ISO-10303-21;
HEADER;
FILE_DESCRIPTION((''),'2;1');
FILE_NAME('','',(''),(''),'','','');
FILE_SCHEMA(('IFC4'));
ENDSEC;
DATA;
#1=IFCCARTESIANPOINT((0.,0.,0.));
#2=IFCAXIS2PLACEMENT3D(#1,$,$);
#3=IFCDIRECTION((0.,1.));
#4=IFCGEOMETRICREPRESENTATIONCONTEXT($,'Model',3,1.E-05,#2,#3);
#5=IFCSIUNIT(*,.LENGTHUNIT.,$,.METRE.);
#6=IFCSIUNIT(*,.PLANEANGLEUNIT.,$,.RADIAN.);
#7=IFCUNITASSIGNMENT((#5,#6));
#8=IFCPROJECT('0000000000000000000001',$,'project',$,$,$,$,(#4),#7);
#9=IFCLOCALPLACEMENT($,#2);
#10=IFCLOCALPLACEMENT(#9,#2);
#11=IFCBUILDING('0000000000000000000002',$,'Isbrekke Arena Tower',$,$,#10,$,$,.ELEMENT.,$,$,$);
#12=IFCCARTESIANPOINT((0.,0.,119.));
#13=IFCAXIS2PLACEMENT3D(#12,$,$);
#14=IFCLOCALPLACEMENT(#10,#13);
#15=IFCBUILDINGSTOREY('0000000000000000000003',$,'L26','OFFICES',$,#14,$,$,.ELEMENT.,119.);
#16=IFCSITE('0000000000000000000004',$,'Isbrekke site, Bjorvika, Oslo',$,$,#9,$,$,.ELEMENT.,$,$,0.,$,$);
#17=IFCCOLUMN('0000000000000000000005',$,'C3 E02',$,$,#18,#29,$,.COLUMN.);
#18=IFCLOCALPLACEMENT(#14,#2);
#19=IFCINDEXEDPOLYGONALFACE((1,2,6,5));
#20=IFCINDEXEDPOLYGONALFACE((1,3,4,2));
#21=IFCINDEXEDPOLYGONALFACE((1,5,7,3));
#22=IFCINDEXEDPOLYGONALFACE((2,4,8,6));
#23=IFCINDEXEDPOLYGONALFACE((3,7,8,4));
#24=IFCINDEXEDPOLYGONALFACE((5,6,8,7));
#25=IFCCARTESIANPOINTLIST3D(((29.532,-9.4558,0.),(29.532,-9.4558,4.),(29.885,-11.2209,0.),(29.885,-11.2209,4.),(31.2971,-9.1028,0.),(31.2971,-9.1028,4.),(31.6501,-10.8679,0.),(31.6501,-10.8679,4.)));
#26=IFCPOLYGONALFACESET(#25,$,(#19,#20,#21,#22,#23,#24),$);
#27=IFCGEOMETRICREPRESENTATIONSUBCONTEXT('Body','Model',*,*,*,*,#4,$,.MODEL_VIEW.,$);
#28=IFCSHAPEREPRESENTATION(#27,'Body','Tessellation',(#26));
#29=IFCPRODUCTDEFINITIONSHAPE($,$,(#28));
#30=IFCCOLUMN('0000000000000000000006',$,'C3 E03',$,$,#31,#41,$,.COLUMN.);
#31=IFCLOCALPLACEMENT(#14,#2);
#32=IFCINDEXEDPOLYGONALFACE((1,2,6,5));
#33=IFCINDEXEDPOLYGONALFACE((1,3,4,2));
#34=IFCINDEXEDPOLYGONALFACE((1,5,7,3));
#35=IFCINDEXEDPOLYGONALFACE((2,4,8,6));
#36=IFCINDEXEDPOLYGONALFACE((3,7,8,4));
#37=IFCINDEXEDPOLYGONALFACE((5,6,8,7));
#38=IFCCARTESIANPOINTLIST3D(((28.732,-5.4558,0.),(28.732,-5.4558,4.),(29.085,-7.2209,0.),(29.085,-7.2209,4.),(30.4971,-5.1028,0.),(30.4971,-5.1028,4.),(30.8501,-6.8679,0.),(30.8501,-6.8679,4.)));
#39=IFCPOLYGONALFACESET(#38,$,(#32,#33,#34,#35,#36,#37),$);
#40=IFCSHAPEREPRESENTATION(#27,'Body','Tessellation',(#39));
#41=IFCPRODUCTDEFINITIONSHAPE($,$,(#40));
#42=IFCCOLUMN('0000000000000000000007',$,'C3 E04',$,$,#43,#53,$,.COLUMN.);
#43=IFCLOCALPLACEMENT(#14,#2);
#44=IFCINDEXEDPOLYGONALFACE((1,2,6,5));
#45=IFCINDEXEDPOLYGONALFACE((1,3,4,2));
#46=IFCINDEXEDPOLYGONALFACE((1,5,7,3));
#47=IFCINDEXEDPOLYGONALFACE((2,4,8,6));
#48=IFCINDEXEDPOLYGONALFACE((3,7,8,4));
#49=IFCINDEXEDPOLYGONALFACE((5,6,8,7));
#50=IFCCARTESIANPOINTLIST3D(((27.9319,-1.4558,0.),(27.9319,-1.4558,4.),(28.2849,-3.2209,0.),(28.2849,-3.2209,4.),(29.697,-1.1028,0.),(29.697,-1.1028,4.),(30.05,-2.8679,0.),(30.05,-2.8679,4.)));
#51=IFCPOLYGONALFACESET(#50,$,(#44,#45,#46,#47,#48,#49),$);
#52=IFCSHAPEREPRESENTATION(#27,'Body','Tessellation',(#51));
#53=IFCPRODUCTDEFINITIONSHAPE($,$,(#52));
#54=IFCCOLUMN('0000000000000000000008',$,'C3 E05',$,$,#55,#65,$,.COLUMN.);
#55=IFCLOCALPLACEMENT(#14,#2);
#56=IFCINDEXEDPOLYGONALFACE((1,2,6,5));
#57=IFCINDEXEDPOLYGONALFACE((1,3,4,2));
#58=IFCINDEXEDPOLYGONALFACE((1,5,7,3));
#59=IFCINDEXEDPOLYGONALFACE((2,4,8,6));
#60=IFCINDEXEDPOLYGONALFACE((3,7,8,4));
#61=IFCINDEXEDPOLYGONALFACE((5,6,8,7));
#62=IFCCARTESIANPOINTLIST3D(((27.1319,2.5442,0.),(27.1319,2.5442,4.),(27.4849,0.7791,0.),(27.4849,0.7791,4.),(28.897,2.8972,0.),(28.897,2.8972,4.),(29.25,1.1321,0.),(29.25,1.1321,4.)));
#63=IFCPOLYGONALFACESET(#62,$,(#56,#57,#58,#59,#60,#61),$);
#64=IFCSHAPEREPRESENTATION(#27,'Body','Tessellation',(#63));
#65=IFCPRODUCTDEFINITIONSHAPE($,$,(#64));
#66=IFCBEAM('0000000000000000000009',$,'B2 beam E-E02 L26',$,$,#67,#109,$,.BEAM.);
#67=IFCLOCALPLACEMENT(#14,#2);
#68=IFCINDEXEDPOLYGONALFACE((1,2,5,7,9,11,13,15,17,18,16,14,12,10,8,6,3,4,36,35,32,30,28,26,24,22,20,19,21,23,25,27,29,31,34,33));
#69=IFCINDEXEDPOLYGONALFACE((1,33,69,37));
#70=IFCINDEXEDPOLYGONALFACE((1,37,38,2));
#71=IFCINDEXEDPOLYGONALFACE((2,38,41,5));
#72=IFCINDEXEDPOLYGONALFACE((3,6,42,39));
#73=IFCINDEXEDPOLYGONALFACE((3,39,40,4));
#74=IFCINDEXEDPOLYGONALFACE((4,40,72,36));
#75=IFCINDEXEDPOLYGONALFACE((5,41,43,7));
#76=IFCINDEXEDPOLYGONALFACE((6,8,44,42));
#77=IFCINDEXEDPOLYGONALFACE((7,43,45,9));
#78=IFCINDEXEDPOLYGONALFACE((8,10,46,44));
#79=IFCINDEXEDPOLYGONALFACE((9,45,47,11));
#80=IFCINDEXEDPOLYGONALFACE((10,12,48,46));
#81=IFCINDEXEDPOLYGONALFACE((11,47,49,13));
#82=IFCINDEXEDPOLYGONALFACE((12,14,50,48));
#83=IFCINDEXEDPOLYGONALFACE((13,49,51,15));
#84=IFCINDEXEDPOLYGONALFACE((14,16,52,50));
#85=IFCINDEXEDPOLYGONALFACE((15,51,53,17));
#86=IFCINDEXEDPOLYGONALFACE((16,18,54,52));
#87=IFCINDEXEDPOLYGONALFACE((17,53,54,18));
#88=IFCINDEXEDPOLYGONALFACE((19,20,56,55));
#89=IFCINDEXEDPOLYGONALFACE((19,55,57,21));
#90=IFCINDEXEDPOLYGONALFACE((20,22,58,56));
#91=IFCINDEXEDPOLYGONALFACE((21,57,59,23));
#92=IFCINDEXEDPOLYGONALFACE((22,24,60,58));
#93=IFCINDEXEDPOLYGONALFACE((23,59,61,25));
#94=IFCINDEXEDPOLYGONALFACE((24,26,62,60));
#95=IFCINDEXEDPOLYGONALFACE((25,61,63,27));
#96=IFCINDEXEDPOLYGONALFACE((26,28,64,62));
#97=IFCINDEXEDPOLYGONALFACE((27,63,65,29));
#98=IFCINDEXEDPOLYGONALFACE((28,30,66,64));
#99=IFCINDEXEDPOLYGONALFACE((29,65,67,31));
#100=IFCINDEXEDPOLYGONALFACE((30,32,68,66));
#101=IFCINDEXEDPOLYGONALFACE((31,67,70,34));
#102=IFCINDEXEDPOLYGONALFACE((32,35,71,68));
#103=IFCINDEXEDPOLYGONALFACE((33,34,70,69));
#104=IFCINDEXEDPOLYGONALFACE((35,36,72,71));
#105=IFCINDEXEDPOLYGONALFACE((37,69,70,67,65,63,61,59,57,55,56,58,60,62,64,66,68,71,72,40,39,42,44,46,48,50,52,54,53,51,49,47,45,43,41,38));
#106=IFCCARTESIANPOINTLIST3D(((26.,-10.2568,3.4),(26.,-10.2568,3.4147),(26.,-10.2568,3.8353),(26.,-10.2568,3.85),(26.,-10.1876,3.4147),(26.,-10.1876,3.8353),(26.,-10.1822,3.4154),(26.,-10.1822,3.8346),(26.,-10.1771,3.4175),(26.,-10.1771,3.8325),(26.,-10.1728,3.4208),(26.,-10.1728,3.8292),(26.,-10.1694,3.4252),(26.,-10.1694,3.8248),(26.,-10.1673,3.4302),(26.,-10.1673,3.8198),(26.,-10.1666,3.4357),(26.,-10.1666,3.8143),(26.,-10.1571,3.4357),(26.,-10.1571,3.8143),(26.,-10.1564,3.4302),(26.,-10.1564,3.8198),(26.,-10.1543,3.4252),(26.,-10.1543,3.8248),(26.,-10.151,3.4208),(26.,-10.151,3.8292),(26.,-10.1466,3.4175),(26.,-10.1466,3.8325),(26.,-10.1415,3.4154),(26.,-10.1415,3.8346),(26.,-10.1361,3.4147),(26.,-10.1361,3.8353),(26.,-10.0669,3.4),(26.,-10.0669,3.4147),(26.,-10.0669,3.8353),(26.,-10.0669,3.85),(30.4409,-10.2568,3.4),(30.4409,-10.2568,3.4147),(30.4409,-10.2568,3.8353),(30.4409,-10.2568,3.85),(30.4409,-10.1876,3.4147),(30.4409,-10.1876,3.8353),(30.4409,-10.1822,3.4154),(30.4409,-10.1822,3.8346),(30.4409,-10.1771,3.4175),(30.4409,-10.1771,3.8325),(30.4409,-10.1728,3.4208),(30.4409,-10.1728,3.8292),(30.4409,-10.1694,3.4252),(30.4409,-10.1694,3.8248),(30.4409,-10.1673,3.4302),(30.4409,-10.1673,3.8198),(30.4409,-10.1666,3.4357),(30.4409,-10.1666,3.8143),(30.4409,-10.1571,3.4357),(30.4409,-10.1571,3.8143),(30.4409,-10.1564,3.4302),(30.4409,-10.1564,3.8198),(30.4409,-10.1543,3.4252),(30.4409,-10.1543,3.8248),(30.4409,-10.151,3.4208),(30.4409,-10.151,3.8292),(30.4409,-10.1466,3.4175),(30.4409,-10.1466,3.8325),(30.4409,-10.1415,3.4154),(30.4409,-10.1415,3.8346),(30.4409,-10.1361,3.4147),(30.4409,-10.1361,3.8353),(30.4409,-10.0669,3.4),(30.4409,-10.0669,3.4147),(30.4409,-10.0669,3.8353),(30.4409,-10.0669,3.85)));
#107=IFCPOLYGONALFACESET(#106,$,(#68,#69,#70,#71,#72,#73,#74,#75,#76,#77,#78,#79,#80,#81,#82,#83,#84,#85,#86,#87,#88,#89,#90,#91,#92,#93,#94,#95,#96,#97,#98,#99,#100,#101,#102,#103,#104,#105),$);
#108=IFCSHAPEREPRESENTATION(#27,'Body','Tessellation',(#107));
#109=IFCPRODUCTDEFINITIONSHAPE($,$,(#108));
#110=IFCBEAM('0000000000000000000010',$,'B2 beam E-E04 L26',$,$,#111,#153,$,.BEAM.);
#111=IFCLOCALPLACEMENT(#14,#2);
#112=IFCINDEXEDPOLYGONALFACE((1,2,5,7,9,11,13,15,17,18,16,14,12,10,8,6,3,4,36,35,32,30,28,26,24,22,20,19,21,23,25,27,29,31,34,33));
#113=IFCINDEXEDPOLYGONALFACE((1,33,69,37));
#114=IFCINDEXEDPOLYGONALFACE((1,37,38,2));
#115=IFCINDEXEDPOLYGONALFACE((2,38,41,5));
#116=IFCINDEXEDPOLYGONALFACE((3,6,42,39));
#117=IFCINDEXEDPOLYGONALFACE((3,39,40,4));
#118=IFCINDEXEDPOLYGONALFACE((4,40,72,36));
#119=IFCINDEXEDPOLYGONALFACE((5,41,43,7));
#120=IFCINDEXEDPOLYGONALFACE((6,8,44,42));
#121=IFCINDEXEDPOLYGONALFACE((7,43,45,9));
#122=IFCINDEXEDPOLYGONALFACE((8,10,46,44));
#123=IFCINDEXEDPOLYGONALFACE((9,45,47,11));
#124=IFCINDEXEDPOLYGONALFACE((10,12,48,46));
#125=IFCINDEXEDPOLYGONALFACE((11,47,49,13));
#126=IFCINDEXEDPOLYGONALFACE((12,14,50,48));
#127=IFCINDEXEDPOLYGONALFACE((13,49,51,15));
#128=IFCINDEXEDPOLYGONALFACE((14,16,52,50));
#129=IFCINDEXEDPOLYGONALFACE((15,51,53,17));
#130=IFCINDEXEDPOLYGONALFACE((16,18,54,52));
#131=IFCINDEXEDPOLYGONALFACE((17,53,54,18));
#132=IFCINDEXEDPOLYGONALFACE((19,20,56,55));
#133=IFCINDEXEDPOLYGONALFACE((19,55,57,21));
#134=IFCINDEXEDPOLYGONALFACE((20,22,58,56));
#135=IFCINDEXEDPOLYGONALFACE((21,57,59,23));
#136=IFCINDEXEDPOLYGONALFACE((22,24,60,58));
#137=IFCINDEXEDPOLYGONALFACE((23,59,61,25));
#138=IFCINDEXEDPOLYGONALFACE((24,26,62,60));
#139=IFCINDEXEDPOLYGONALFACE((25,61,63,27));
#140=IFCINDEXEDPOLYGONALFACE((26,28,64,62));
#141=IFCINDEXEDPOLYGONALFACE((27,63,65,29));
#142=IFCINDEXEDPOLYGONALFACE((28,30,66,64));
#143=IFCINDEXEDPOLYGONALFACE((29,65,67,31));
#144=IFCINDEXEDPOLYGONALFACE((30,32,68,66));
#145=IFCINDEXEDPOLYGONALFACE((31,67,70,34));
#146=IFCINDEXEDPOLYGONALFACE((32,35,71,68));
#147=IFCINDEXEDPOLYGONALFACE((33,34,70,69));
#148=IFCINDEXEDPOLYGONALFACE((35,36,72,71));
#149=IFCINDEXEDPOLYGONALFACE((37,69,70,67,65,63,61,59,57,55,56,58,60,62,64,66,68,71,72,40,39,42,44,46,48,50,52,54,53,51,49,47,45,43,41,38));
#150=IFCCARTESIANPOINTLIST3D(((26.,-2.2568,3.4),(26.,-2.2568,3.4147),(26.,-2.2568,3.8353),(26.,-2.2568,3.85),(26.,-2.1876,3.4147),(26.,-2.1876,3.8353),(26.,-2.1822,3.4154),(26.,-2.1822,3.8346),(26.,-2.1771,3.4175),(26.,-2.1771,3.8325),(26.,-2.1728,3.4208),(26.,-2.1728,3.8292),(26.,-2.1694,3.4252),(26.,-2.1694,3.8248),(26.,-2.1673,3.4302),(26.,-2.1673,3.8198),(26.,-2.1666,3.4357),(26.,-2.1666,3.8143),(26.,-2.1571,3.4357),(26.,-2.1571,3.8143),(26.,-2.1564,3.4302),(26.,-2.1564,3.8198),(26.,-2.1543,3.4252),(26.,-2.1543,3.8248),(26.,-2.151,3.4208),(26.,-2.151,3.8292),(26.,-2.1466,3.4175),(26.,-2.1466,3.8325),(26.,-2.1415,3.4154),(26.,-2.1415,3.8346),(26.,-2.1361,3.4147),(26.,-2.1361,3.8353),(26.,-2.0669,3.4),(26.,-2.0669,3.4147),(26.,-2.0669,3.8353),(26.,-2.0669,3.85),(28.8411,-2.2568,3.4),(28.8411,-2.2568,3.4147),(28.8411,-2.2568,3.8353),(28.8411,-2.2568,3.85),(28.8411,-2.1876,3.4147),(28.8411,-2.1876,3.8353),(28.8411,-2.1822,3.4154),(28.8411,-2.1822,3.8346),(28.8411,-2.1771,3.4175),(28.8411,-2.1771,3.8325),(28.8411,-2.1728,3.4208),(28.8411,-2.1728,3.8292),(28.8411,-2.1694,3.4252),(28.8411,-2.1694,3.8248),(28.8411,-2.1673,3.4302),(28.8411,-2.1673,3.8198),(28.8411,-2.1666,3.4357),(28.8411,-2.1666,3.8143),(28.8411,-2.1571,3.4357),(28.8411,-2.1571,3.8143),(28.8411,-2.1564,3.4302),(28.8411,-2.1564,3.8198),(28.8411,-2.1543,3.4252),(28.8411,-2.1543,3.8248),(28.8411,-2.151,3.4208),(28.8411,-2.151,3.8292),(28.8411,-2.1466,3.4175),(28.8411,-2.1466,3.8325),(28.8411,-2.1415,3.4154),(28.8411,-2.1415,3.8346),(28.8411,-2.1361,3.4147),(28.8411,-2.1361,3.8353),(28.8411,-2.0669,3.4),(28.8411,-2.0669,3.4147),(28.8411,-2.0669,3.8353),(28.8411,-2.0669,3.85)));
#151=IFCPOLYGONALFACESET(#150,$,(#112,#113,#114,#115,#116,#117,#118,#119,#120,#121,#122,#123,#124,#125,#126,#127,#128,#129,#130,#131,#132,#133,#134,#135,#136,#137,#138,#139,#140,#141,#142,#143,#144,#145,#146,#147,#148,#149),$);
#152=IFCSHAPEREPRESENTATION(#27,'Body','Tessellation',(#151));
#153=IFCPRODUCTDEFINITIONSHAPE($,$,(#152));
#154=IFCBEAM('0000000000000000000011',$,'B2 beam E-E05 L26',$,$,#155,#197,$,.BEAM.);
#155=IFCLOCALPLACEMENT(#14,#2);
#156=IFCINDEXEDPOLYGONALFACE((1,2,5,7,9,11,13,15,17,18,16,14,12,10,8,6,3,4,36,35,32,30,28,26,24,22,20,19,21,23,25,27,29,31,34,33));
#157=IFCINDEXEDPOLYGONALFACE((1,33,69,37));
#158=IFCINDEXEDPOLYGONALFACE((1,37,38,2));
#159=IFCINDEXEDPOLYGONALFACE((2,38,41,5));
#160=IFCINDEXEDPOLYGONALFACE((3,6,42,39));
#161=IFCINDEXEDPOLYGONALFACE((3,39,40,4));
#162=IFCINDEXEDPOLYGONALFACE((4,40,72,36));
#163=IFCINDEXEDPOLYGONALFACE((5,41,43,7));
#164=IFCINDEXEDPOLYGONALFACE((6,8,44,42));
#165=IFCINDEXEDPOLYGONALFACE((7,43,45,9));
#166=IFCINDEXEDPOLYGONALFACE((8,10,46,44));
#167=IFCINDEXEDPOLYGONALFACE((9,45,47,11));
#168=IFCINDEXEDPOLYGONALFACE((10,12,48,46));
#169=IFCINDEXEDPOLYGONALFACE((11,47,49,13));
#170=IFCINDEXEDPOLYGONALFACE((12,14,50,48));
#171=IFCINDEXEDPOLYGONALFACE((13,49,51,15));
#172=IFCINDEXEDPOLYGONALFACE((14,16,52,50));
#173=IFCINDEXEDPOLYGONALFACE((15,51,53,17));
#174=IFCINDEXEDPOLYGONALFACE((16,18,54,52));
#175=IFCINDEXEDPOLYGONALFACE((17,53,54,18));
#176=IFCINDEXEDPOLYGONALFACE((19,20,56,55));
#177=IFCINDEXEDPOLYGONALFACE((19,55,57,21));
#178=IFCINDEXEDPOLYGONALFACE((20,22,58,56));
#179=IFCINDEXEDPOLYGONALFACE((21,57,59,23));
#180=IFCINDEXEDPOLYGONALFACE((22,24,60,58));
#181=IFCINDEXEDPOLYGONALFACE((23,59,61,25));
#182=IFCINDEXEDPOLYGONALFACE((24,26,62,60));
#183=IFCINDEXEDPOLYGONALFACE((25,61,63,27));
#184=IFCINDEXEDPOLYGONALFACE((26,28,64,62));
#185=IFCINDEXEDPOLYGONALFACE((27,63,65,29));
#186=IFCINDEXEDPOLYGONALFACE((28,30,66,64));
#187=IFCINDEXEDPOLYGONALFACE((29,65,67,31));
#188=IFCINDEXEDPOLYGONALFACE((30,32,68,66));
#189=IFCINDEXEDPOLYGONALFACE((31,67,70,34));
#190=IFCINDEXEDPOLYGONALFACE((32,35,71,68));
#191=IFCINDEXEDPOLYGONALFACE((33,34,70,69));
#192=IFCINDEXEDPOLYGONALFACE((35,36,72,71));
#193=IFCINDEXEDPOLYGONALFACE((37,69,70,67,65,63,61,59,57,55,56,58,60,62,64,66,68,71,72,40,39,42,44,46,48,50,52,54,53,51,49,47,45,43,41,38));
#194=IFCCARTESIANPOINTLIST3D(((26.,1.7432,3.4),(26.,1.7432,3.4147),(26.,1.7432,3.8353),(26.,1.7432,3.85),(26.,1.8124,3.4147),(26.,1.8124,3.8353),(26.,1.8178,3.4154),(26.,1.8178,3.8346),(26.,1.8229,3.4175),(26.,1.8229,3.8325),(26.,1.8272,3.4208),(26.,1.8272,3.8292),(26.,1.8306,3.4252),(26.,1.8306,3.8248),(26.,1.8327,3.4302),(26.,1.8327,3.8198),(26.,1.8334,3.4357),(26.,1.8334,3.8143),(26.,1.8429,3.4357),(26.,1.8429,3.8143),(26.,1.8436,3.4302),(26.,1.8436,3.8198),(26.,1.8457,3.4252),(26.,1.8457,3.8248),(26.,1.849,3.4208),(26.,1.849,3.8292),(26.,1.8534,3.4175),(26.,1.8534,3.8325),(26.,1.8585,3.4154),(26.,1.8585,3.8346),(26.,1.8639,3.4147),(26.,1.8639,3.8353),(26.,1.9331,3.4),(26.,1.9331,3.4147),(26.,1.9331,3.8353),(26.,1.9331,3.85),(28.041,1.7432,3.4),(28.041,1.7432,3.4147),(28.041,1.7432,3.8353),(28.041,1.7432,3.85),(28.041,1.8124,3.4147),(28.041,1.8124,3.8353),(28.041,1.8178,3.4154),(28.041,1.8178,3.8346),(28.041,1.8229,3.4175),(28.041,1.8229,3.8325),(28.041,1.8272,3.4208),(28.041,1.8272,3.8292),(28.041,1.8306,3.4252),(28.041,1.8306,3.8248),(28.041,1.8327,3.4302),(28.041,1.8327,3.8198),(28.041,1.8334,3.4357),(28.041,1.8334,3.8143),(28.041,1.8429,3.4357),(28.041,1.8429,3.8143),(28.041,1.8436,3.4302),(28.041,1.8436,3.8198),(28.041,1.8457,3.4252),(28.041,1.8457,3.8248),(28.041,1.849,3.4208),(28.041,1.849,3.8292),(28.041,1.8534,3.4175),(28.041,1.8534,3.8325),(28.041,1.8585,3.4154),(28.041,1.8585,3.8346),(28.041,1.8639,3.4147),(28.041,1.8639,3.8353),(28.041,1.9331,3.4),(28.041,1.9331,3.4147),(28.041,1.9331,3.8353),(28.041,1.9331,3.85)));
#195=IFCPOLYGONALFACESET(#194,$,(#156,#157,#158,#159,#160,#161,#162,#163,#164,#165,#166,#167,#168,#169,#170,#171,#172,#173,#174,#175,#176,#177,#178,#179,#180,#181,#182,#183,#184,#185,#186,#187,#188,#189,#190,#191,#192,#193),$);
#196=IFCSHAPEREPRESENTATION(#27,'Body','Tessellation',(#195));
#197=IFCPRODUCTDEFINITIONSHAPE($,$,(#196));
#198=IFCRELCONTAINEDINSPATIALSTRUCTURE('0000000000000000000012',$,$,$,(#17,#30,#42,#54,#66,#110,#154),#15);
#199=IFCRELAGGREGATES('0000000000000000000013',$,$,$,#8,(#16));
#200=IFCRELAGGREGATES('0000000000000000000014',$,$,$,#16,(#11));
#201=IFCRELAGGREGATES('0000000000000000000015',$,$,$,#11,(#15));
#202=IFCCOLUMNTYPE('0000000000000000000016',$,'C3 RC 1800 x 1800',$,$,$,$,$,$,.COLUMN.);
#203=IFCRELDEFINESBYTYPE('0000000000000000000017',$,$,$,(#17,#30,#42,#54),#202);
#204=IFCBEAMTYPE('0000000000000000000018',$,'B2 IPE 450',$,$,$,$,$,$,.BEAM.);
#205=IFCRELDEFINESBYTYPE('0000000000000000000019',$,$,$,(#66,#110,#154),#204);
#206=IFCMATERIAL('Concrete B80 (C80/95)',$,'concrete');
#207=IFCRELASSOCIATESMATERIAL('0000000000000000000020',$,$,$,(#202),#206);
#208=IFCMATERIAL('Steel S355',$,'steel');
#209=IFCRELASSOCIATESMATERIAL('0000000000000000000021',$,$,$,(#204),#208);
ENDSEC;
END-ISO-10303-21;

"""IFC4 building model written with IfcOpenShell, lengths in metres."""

from ifc_helpers import new_model, si_unit, direction, frame, origin, origin_2d, place, context, subcontext, project, spatial, rectangle, i_section, extrude, material, material_profile, profile_set, type_object, element, save


model = new_model("IFC4")

# Units and contexts
model_context = context("Model", 3, precision=1e-05, world=origin(), true_north=direction((0.0, 1.0)))
body_context = subcontext(model_context, "Body", "Model", "MODEL_VIEW")
ifc_project = project(units=[si_unit("LENGTHUNIT", "METRE"), si_unit("PLANEANGLEUNIT", "RADIAN")], contexts=[model_context])

# Site, building, storey
site_placement = place(None, origin())
site = spatial("IfcSite", under=ifc_project, at=site_placement, Name="Isbrekke site, Bjorvika, Oslo", CompositionType="ELEMENT", RefElevation=0.0)
building_placement = place(site_placement, origin())
building = spatial("IfcBuilding", under=site, at=building_placement, Name="Isbrekke Arena Tower", CompositionType="ELEMENT")
storey_placement = place(building_placement, frame((0.0, 0.0, 119.0)))
storey = spatial("IfcBuildingStorey", under=building, at=storey_placement, Name="L26", Description="OFFICES", CompositionType="ELEMENT", Elevation=119.0)

# Columns
ifc_material_1 = material(Name="Concrete B80 (C80/95)", Category="concrete")
ifc_material_profile_1 = material_profile(ifc_material_1, rectangle(XDim=1.8, YDim=1.8, at=origin_2d()), Name="RC 1800x1800")
ifc_profile_set_1 = profile_set([ifc_material_profile_1], Name="Concrete B80 (C80/95)")
column_type = type_object("IfcColumnType", Name="C3 RC 1800 x 1800", PredefinedType="COLUMN", material=ifc_profile_set_1)
for number, where, z_axis, x_axis, name in (
    (1, (30.5911, -10.1619, 0.0), (0.0, 0.0, 1.0), (-0.196116, 0.980581, 0.0), "C3 E02"),
    (2, (29.791, -6.1619, 0.0), (0.0, 0.0, 1.0), (-0.196116, 0.980581, 0.0), "C3 E03"),
    (3, (28.991, -2.1619, 0.0), (0.0, 0.0, 1.0), (-0.196116, 0.980581, 0.0), "C3 E04"),
    (4, (28.1909, 1.8381, 0.0), (0.0, 0.0, 1.0), (-0.196116, 0.980581, 0.0), "C3 E05"),
):
    element("IfcColumn", number, at=place(storey_placement, frame(where, z_axis=z_axis, x_axis=x_axis)), inside=storey, type_object=column_type, Name=name, PredefinedType="COLUMN", context=body_context, shape_type="SweptSolid", body=[
        extrude(rectangle(XDim=1.8, YDim=1.8, at=origin_2d()), origin(), (0.0, 0.0, 1.0), 4.0),
    ])

# Beams
ifc_material_2 = material(Name="Steel S355", Category="steel")
ifc_material_profile_2 = material_profile(ifc_material_2, i_section(OverallWidth=0.1899, OverallDepth=0.45, WebThickness=0.0095, FlangeThickness=0.0146, FilletRadius=0.021, at=origin_2d()), Name="IPE 450")
ifc_profile_set_2 = profile_set([ifc_material_profile_2], Name="Steel S355")
beam_type_1 = type_object("IfcBeamType", Name="B2 IPE 450", PredefinedType="BEAM", material=ifc_profile_set_2)
beam_1_placement = place(storey_placement, frame((30.4409, -10.1619, 3.625), z_axis=(-1.0, 0.0, 0.0), x_axis=(0.0, -1.0, 0.0)))
element("IfcBeam", 5, at=beam_1_placement, inside=storey, type_object=beam_type_1, Name="B2 beam E-E02 L26", PredefinedType="BEAM", context=body_context, shape_type="SweptSolid", body=[
    extrude(i_section(OverallWidth=0.1899, OverallDepth=0.45, WebThickness=0.0095, FlangeThickness=0.0146, FilletRadius=0.021, at=origin_2d()), origin(), (0.0, 0.0, 1.0), 4.4409),
])
beam_2_placement = place(storey_placement, frame((28.8411, -2.1619, 3.625), z_axis=(-1.0, 0.0, 0.0), x_axis=(0.0, -1.0, 0.0)))
element("IfcBeam", 6, at=beam_2_placement, inside=storey, type_object=beam_type_1, Name="B2 beam E-E04 L26", PredefinedType="BEAM", context=body_context, shape_type="SweptSolid", body=[
    extrude(i_section(OverallWidth=0.1899, OverallDepth=0.45, WebThickness=0.0095, FlangeThickness=0.0146, FilletRadius=0.021, at=origin_2d()), origin(), (0.0, 0.0, 1.0), 2.8411),
])
beam_3_placement = place(storey_placement, frame((28.041, 1.8381, 3.625), z_axis=(-1.0, 0.0, 0.0), x_axis=(0.0, -1.0, 0.0)))
element("IfcBeam", 7, at=beam_3_placement, inside=storey, type_object=beam_type_1, Name="B2 beam E-E05 L26", PredefinedType="BEAM", context=body_context, shape_type="SweptSolid", body=[
    extrude(i_section(OverallWidth=0.1899, OverallDepth=0.45, WebThickness=0.0095, FlangeThickness=0.0146, FilletRadius=0.021, at=origin_2d()), origin(), (0.0, 0.0, 1.0), 2.041),
])

save(model, "model.ifc")
